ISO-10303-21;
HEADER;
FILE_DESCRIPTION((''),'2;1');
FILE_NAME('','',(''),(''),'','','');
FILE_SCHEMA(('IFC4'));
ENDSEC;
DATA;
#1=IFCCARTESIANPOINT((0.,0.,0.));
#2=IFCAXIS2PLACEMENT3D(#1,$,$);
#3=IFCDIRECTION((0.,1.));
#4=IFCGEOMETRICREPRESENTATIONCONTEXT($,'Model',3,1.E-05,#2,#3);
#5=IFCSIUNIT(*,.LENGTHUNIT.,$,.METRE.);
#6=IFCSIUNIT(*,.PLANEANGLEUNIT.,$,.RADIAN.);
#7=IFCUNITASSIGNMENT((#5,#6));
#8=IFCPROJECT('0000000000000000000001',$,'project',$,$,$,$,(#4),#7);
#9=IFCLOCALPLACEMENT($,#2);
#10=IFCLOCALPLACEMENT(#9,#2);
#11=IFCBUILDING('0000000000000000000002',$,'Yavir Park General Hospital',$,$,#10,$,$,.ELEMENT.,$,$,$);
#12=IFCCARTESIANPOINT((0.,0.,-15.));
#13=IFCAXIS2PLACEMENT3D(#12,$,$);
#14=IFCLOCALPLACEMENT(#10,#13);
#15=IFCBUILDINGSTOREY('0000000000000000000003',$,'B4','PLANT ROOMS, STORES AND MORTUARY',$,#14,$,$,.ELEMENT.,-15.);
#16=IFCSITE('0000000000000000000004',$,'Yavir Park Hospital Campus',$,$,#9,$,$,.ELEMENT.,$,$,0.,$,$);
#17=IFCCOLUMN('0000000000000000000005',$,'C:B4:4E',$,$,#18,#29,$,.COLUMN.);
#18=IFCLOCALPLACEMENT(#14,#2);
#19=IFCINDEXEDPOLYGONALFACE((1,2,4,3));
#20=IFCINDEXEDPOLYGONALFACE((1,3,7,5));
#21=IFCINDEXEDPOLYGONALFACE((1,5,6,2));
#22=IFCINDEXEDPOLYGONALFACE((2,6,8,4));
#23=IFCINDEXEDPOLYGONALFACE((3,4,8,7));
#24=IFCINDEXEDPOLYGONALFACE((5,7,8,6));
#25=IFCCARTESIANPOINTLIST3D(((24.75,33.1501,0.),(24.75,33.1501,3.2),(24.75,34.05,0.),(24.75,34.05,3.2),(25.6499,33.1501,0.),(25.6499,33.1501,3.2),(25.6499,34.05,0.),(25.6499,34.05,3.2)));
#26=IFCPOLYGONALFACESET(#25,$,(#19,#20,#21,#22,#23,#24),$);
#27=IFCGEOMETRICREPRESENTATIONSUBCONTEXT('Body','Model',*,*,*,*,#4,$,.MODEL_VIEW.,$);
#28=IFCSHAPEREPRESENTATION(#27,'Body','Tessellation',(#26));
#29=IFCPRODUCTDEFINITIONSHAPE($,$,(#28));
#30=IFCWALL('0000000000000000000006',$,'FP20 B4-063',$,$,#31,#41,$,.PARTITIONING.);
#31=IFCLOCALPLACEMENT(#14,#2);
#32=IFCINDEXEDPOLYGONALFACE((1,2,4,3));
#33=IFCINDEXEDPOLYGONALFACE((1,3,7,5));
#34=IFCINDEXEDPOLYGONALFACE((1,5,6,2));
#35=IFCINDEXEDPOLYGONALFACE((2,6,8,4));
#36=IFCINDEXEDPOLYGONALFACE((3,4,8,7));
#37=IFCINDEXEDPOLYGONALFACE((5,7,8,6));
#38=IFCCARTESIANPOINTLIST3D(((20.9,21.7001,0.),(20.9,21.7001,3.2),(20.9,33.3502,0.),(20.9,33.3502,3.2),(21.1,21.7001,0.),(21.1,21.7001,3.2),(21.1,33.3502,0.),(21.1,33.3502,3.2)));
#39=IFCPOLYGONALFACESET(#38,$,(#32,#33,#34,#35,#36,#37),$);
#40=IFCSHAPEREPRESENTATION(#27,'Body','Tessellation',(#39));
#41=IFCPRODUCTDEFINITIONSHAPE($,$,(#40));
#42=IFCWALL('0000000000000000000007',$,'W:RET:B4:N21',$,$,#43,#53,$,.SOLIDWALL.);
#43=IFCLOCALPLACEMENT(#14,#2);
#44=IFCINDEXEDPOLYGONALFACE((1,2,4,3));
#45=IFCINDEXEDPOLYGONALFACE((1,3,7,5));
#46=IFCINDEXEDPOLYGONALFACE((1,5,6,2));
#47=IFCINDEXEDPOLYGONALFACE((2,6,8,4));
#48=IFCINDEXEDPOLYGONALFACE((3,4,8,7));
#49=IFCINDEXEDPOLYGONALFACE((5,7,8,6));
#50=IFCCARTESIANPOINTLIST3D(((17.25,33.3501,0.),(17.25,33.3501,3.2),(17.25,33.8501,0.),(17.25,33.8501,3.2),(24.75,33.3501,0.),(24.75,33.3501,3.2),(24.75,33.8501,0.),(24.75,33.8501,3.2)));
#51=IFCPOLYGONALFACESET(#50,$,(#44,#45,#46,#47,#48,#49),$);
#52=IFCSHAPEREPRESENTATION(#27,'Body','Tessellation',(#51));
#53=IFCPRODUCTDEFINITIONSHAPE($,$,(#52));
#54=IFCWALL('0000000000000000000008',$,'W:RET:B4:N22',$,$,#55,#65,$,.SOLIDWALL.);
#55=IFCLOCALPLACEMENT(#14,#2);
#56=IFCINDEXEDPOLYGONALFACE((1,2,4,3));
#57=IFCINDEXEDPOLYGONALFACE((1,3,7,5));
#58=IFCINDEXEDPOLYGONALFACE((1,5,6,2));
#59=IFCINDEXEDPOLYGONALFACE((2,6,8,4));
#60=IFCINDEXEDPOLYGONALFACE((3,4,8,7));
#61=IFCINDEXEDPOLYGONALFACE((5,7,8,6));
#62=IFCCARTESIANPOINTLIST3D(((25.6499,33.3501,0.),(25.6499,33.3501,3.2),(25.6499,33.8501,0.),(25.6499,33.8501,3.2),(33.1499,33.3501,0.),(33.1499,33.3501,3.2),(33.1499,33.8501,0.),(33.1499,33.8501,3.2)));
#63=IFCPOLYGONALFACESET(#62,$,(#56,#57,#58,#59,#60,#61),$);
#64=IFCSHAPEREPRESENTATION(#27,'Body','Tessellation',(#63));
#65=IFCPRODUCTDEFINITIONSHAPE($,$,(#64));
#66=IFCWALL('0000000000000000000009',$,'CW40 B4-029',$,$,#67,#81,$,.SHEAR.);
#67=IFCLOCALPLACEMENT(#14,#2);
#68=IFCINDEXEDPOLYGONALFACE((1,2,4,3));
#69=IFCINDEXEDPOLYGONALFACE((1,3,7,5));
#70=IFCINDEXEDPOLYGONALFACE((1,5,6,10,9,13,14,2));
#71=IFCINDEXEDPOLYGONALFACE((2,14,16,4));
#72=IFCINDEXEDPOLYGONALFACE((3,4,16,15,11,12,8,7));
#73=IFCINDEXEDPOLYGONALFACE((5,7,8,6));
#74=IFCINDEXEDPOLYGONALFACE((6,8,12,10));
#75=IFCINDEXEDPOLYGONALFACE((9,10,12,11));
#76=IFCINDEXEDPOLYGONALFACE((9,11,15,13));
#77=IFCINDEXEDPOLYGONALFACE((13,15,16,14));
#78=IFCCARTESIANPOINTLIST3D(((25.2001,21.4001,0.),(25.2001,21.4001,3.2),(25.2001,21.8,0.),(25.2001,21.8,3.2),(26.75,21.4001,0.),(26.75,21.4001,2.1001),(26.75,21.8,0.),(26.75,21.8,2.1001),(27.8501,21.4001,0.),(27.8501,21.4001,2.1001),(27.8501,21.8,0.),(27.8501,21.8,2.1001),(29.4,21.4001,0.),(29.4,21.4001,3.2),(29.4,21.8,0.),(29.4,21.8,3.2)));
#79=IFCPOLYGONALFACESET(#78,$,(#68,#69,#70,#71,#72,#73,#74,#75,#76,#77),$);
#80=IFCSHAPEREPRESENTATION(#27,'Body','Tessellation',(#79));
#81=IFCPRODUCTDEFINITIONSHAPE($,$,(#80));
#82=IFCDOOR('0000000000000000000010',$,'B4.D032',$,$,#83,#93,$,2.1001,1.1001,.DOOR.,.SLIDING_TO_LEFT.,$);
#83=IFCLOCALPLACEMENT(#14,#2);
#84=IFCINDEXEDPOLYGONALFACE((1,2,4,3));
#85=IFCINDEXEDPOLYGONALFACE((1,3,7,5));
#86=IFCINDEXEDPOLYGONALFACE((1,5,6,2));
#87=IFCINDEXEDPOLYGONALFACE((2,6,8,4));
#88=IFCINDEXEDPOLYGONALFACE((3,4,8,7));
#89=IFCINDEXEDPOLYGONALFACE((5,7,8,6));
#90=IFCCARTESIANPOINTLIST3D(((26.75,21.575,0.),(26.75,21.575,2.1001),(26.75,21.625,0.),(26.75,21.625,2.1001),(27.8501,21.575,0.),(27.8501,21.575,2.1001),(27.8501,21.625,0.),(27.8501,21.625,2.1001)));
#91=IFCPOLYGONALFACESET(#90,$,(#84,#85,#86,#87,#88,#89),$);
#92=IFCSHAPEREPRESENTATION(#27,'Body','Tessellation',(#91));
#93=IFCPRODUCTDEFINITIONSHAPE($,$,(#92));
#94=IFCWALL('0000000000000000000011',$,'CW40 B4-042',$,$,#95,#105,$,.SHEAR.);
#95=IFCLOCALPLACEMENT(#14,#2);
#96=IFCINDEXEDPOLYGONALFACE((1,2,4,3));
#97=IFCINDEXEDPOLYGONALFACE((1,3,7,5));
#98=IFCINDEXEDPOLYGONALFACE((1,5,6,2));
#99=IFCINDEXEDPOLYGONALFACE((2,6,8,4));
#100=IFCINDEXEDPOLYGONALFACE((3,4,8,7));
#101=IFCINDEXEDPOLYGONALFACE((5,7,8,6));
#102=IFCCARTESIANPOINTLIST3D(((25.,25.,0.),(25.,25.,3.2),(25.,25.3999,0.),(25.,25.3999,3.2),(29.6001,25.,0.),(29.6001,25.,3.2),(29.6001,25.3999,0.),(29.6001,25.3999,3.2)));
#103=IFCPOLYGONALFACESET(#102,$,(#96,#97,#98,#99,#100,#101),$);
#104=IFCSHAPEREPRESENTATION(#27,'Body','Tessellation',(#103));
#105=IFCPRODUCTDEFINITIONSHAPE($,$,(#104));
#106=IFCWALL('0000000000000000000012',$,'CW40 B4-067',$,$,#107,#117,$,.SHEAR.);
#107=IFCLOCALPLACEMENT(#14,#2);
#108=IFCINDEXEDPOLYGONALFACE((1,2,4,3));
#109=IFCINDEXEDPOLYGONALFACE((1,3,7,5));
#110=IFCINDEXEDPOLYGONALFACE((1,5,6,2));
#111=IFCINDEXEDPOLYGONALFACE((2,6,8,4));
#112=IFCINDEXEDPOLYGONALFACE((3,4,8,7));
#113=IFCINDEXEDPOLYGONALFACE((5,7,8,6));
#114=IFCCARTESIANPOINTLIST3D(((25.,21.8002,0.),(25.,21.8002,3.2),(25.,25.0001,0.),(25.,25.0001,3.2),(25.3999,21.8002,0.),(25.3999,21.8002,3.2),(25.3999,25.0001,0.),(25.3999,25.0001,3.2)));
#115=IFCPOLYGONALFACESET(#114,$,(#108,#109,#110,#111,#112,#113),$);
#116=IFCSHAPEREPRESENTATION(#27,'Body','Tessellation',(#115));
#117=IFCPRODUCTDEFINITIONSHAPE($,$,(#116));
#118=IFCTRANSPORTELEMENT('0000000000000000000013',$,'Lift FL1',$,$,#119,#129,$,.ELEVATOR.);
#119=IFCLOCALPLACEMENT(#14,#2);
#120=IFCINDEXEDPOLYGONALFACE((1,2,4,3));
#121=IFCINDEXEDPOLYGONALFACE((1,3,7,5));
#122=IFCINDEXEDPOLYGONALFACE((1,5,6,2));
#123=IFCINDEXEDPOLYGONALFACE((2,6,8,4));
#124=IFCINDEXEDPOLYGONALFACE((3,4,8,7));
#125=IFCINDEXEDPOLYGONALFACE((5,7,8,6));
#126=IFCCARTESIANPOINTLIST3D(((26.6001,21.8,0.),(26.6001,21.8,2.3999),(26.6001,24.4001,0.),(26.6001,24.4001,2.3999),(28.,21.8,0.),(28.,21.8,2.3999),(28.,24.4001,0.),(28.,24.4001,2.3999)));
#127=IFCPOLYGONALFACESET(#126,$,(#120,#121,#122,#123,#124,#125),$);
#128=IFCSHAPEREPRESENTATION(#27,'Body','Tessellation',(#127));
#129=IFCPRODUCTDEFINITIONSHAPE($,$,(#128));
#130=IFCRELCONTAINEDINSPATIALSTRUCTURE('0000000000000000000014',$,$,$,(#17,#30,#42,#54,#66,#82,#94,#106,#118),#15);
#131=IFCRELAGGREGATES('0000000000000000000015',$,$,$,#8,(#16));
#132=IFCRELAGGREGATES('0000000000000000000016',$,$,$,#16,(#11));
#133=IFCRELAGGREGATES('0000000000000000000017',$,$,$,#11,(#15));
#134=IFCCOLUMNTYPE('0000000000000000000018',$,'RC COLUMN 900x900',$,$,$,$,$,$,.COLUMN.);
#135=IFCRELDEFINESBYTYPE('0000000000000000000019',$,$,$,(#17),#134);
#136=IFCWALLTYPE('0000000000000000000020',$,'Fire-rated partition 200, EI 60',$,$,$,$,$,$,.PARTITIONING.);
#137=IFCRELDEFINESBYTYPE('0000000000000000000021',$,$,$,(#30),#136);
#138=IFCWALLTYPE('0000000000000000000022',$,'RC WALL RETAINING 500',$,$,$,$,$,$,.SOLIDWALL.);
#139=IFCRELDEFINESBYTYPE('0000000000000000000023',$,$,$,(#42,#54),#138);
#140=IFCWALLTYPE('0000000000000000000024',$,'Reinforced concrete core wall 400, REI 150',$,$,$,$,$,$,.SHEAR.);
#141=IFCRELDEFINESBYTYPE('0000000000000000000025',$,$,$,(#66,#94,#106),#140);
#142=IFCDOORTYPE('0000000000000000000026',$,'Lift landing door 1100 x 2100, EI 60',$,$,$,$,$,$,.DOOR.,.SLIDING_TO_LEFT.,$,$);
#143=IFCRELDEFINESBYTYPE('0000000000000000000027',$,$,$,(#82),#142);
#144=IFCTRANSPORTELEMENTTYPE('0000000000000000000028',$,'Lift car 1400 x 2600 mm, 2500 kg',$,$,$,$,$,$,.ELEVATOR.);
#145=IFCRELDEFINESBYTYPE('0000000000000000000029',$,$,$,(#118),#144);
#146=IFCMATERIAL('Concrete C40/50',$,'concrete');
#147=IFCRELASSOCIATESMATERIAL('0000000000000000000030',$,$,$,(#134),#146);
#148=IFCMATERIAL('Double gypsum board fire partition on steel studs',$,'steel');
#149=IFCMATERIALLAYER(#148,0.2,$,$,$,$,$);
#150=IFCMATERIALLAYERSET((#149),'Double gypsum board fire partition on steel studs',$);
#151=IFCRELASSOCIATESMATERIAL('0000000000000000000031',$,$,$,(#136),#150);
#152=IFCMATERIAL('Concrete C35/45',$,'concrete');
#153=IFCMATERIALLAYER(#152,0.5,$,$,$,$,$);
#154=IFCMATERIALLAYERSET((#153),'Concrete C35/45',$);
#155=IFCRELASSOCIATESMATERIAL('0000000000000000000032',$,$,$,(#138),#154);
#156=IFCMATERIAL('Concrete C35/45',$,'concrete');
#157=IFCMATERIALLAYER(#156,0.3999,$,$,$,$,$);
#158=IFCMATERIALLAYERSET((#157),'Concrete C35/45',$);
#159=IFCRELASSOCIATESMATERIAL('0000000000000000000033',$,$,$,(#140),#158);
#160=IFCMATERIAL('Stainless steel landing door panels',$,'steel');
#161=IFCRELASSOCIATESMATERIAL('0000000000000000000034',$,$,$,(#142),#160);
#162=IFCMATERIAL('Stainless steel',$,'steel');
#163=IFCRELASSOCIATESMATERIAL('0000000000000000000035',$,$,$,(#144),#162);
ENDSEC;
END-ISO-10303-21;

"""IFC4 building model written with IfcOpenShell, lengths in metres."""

from ifc_helpers import new_model, si_unit, direction, frame, frame_2d, origin, origin_2d, place, context, subcontext, project, spatial, rectangle, extrude, material, layer, layer_set, material_profile, profile_set, type_object, element, fill, save


model = new_model("IFC4")

# Units and contexts
model_context = context("Model", 3, precision=1e-05, world=origin(), true_north=direction((0.0, 1.0)))
body_context = subcontext(model_context, "Body", "Model", "MODEL_VIEW")
ifc_project = project(units=[si_unit("LENGTHUNIT", "METRE"), si_unit("PLANEANGLEUNIT", "RADIAN")], contexts=[model_context])

# Site, building, storey
site_placement = place(None, origin())
site = spatial("IfcSite", under=ifc_project, at=site_placement, Name="Yavir Park Hospital Campus", CompositionType="ELEMENT", RefElevation=0.0)
building_placement = place(site_placement, origin())
building = spatial("IfcBuilding", under=site, at=building_placement, Name="Yavir Park General Hospital", CompositionType="ELEMENT")
storey_placement = place(building_placement, frame((0.0, 0.0, -15.0)))
storey = spatial("IfcBuildingStorey", under=building, at=storey_placement, Name="B4", Description="PLANT ROOMS, STORES AND MORTUARY", CompositionType="ELEMENT", Elevation=-15.0)

# Column
ifc_material_1 = material(Name="Concrete C40/50", Category="concrete")
ifc_material_profile_1 = material_profile(ifc_material_1, rectangle(XDim=0.8999, YDim=0.8999, at=origin_2d()), Name="RC900x900")
ifc_profile_set_1 = profile_set([ifc_material_profile_1], Name="Concrete C40/50")
column_type = type_object("IfcColumnType", Name="RC COLUMN 900x900", PredefinedType="COLUMN", material=ifc_profile_set_1)
column_placement = place(storey_placement, frame((25.2, 33.6001, 0.0), z_axis=(0.0, 0.0, 1.0), x_axis=(1.0, 0.0, 0.0)))
element("IfcColumn", 1, at=column_placement, inside=storey, type_object=column_type, Name="C:B4:4E", PredefinedType="COLUMN", context=body_context, shape_type="SweptSolid", body=[
    extrude(rectangle(XDim=0.8999, YDim=0.8999, at=origin_2d()), origin(), (0.0, 0.0, 1.0), 3.2),
])

# Wall
ifc_material_2 = material(Name="Double gypsum board fire partition on steel studs", Category="steel")
ifc_layer_1 = layer(ifc_material_2, 0.2)
ifc_layer_set_1 = layer_set([ifc_layer_1], Name="Double gypsum board fire partition on steel studs")
wall_type_1 = type_object("IfcWallType", Name="Fire-rated partition 200, EI 60", PredefinedType="PARTITIONING", material=ifc_layer_set_1)
wall_1_placement = place(storey_placement, frame((21.0, 21.7, 0.0), z_axis=(0.0, 0.0, 1.0), x_axis=(0.0, 1.0, 0.0)))
element("IfcWall", 2, at=wall_1_placement, inside=storey, type_object=wall_type_1, Name="FP20 B4-063", PredefinedType="PARTITIONING", context=body_context, shape_type="SweptSolid", body=[
    extrude(rectangle(XDim=11.6501, YDim=0.2, at=frame_2d((5.8252, 0.0))), origin(), (0.0, 0.0, 1.0), 3.2),
])

# Walls
ifc_material_3 = material(Name="Concrete C35/45", Category="concrete")
ifc_layer_2 = layer(ifc_material_3, 0.5)
ifc_layer_set_2 = layer_set([ifc_layer_2], Name="Concrete C35/45")
wall_type_2 = type_object("IfcWallType", Name="RC WALL RETAINING 500", PredefinedType="SOLIDWALL", material=ifc_layer_set_2)
for number, where, z_axis, x_axis, name in (
    (3, (17.25, 33.6001, 0.0), (0.0, 0.0, 1.0), (1.0, 0.0, 0.0), "W:RET:B4:N21"),
    (4, (25.6499, 33.6001, 0.0), (0.0, 0.0, 1.0), (1.0, 0.0, 0.0), "W:RET:B4:N22"),
):
    element("IfcWall", number, at=place(storey_placement, frame(where, z_axis=z_axis, x_axis=x_axis)), inside=storey, type_object=wall_type_2, Name=name, PredefinedType="SOLIDWALL", context=body_context, shape_type="SweptSolid", body=[
        extrude(rectangle(XDim=7.5, YDim=0.5, at=frame_2d((3.75, 0.0))), origin(), (0.0, 0.0, 1.0), 3.2),
    ])

# Wall, opening, door
ifc_material_4 = material(Name="Concrete C35/45", Category="concrete")
ifc_layer_3 = layer(ifc_material_4, 0.3999)
ifc_layer_set_3 = layer_set([ifc_layer_3], Name="Concrete C35/45")
wall_type_3 = type_object("IfcWallType", Name="Reinforced concrete core wall 400, REI 150", PredefinedType="SHEAR", material=ifc_layer_set_3)
wall_2_placement = place(storey_placement, frame((25.2, 21.6001, 0.0), z_axis=(0.0, 0.0, 1.0), x_axis=(1.0, 0.0, 0.0)))
wall_2 = element("IfcWall", 5, at=wall_2_placement, inside=storey, type_object=wall_type_3, Name="CW40 B4-029", PredefinedType="SHEAR", context=body_context, shape_type="SweptSolid", body=[
    extrude(rectangle(XDim=4.2, YDim=0.3999, at=frame_2d((2.1001, 0.0))), origin(), (0.0, 0.0, 1.0), 3.2),
])
opening_1_placement = place(wall_2_placement, frame((1.55, 0.0, 0.0)))
opening_1 = element("IfcOpeningElement", 6, at=opening_1_placement, cuts=wall_2, PredefinedType="OPENING", context=body_context, shape_type="SweptSolid", body=[
    extrude(rectangle(XDim=1.1001, YDim=2.1001, at=frame_2d((0.55, 1.05))), frame((0.0, 0.21, 0.0), z_axis=(0.0, -1.0, 0.0), x_axis=(1.0, 0.0, 0.0)), (0.0, 0.0, 1.0), 0.4199),
])
ifc_material_5 = material(Name="Stainless steel landing door panels", Category="steel")
door_type_1 = type_object("IfcDoorType", Name="Lift landing door 1100 x 2100, EI 60", OperationType="SLIDING_TO_LEFT", PredefinedType="DOOR", material=ifc_material_5)
door_1_placement = place(opening_1_placement, origin())
door_1 = element("IfcDoor", 7, at=door_1_placement, inside=storey, type_object=door_type_1, Name="B4.D032", OperationType="SLIDING_TO_LEFT", OverallHeight=2.1001, OverallWidth=1.1001, PredefinedType="DOOR", context=body_context, shape_type="SweptSolid", body=[
    extrude(rectangle(XDim=1.1001, YDim=2.1001, at=frame_2d((0.55, 1.05))), frame((0.0, 0.0249, 0.0), z_axis=(0.0, -1.0, 0.0), x_axis=(1.0, 0.0, 0.0)), (0.0, 0.0, 1.0), 0.05),
])
fill(opening_1, door_1)

# Walls
wall_3_placement = place(storey_placement, frame((25.0, 25.2, 0.0), z_axis=(0.0, 0.0, 1.0), x_axis=(1.0, 0.0, 0.0)))
element("IfcWall", 8, at=wall_3_placement, inside=storey, type_object=wall_type_3, Name="CW40 B4-042", PredefinedType="SHEAR", context=body_context, shape_type="SweptSolid", body=[
    extrude(rectangle(XDim=4.6001, YDim=0.3999, at=frame_2d((2.3, 0.0))), origin(), (0.0, 0.0, 1.0), 3.2),
])
wall_4_placement = place(storey_placement, frame((25.2, 21.8, 0.0), z_axis=(0.0, 0.0, 1.0), x_axis=(0.0, 1.0, 0.0)))
element("IfcWall", 9, at=wall_4_placement, inside=storey, type_object=wall_type_3, Name="CW40 B4-067", PredefinedType="SHEAR", context=body_context, shape_type="SweptSolid", body=[
    extrude(rectangle(XDim=3.2, YDim=0.3999, at=frame_2d((1.6001, 0.0))), origin(), (0.0, 0.0, 1.0), 3.2),
])

# Transport element
ifc_material_6 = material(Name="Stainless steel", Category="steel")
transport_element_type = type_object("IfcTransportElementType", Name="Lift car 1400 x 2600 mm, 2500 kg", PredefinedType="ELEVATOR", material=ifc_material_6)
transport_element_placement = place(storey_placement, frame((27.3, 23.1001, 0.0), z_axis=(0.0, 0.0, 1.0), x_axis=(1.0, 0.0, 0.0)))
element("IfcTransportElement", 10, at=transport_element_placement, inside=storey, type_object=transport_element_type, Name="Lift FL1", PredefinedType="ELEVATOR", context=body_context, shape_type="SweptSolid", body=[
    extrude(rectangle(XDim=1.3999, YDim=2.6001, at=origin_2d()), origin(), (0.0, 0.0, 1.0), 2.3999),
])

save(model, "model.ifc")
